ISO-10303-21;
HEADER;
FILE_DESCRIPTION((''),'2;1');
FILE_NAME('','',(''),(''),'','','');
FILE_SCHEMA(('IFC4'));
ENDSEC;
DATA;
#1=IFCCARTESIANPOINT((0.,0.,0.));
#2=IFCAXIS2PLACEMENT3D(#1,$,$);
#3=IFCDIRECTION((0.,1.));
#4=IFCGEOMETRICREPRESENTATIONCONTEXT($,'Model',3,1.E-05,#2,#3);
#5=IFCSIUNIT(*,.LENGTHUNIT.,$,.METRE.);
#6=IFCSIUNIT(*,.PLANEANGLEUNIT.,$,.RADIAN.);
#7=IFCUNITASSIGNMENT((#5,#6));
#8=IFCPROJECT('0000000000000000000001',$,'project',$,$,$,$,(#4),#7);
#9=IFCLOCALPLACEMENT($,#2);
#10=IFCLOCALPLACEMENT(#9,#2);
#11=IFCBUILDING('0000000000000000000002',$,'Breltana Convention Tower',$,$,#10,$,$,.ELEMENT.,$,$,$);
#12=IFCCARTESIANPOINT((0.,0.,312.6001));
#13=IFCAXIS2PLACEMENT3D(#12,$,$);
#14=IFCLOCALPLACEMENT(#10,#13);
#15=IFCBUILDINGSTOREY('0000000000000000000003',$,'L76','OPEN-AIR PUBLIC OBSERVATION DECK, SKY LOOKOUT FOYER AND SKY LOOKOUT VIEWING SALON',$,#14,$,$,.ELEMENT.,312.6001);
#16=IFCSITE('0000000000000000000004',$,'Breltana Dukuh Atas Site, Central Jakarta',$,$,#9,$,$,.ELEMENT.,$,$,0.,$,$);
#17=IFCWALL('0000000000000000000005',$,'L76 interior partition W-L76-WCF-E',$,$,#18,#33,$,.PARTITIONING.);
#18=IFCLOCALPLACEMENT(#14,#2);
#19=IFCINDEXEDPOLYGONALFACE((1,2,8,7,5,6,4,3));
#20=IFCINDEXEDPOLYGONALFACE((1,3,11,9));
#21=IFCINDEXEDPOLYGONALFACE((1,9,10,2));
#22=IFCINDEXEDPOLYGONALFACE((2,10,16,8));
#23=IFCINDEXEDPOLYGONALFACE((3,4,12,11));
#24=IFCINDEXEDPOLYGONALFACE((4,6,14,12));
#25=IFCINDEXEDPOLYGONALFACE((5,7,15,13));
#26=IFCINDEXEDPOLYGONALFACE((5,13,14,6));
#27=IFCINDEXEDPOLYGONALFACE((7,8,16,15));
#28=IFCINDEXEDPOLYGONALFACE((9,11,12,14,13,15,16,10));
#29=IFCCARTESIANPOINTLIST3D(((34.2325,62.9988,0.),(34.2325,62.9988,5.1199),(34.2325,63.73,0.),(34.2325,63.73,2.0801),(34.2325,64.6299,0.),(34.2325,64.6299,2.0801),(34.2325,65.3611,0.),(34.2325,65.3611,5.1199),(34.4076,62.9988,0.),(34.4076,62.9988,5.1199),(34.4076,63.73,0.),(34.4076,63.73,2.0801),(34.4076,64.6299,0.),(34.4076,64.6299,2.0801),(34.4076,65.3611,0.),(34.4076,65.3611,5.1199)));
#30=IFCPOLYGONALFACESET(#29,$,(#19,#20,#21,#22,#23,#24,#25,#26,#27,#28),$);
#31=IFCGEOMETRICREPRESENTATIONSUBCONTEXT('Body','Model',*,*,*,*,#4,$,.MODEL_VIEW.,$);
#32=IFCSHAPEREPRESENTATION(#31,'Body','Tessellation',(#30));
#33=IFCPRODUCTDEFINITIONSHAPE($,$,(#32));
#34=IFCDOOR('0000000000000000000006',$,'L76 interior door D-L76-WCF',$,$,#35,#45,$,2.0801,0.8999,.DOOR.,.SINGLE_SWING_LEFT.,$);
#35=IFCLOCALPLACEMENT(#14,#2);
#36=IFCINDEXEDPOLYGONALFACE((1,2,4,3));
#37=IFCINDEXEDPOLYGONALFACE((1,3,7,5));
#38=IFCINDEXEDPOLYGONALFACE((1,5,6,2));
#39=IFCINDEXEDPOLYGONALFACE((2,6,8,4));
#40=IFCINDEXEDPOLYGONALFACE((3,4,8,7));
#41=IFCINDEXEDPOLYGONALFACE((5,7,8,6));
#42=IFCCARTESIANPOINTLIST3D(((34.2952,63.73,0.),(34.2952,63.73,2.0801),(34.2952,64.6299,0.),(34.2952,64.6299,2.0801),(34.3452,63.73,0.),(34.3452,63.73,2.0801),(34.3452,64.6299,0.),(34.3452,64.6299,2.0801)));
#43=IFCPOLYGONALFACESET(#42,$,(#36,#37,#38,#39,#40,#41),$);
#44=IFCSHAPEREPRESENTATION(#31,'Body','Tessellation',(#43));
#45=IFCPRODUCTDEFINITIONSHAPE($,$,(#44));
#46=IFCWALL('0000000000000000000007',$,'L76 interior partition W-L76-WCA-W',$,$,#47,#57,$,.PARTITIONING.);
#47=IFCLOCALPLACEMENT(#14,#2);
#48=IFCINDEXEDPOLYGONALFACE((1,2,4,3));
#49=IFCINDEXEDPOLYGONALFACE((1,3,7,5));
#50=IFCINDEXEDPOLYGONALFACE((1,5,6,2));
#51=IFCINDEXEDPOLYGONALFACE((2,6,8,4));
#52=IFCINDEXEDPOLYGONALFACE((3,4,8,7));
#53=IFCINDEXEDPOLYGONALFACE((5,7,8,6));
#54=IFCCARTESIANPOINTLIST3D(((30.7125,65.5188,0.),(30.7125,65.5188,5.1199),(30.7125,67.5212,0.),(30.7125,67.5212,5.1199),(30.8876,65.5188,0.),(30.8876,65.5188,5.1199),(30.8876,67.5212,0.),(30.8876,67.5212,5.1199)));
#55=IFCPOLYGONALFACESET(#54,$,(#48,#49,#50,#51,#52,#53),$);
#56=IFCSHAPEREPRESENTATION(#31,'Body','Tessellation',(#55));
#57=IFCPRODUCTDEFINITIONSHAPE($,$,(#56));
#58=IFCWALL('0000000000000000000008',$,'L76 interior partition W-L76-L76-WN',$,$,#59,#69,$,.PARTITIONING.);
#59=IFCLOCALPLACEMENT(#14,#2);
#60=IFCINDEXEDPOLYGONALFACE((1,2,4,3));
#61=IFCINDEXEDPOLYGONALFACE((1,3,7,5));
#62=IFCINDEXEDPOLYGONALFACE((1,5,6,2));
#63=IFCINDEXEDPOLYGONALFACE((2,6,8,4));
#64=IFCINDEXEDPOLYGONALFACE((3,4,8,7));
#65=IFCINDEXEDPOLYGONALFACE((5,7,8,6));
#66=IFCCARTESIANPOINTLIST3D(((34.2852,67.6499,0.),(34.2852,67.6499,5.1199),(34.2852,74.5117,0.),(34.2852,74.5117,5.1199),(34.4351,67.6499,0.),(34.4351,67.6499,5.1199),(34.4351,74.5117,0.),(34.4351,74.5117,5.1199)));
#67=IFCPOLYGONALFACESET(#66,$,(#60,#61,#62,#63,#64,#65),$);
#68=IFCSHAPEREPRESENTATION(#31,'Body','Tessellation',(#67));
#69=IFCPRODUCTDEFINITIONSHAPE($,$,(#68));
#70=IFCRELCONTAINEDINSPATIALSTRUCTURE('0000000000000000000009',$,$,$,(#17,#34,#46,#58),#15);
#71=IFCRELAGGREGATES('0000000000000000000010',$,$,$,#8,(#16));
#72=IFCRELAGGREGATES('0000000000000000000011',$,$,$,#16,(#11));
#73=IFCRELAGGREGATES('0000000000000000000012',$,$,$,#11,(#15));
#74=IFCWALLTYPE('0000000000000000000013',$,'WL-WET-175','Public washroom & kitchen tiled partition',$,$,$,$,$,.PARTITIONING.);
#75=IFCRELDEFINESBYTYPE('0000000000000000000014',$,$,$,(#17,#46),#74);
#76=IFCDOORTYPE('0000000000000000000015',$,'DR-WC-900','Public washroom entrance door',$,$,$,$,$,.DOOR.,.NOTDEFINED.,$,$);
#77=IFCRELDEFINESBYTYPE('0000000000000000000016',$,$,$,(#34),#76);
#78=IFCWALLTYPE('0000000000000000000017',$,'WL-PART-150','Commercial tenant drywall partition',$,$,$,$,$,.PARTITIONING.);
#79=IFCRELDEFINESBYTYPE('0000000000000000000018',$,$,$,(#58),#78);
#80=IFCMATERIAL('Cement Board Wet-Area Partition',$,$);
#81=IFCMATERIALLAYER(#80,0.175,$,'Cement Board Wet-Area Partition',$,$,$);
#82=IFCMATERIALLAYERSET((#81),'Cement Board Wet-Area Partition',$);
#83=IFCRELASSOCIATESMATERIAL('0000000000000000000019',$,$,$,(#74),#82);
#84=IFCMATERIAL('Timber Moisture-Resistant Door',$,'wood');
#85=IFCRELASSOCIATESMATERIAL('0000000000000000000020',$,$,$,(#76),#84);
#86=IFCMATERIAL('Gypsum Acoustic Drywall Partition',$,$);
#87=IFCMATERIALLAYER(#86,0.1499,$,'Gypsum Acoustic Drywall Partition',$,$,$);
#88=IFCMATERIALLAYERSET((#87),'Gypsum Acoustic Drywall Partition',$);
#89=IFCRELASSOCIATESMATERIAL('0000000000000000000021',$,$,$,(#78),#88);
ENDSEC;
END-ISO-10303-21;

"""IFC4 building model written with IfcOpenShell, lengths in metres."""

from ifc_helpers import new_model, si_unit, direction, frame, frame_2d, origin, place, context, subcontext, project, spatial, rectangle, extrude, source, transform, mapped, material, layer, layer_set, type_object, type_shapes, element, fill, save


model = new_model("IFC4")

# Units and contexts
model_context = context("Model", 3, precision=1e-05, world=origin(), true_north=direction((0.0, 1.0)))
body_context = subcontext(model_context, "Body", "Model", "MODEL_VIEW")
ifc_project = project(units=[si_unit("LENGTHUNIT", "METRE"), si_unit("PLANEANGLEUNIT", "RADIAN")], contexts=[model_context])

# Site, building, storey
site_placement = place(None, origin())
site = spatial("IfcSite", under=ifc_project, at=site_placement, Name="Breltana Dukuh Atas Site, Central Jakarta", CompositionType="ELEMENT", RefElevation=0.0)
building_placement = place(site_placement, origin())
building = spatial("IfcBuilding", under=site, at=building_placement, Name="Breltana Convention Tower", CompositionType="ELEMENT")
storey_placement = place(building_placement, frame((0.0, 0.0, 312.6001)))
storey = spatial("IfcBuildingStorey", under=building, at=storey_placement, Name="L76", Description="OPEN-AIR PUBLIC OBSERVATION DECK, SKY LOOKOUT FOYER AND SKY LOOKOUT VIEWING SALON", CompositionType="ELEMENT", Elevation=312.6001)

# Shared definitions
ifc_material_1 = material(Name="Cement Board Wet-Area Partition")
ifc_layer_1 = layer(ifc_material_1, 0.175, Name="Cement Board Wet-Area Partition")
ifc_layer_set_1 = layer_set([ifc_layer_1], Name="Cement Board Wet-Area Partition")
wall_type_1 = type_object("IfcWallType", Name="WL-WET-175", Description="Public washroom & kitchen tiled partition", PredefinedType="PARTITIONING", material=ifc_layer_set_1)
shared_shape_1 = source(origin(), body_context, "Body", "SweptSolid", [
    extrude(rectangle(XDim=2.3623, YDim=0.175, at=frame_2d((1.1812, 0.0))), origin(), (0.0, 0.0, 1.0), 5.1199),
])

# Wall, opening, door
wall_1_placement = place(storey_placement, frame((34.3201, 62.9988, 0.0), z_axis=(0.0, 0.0, 1.0), x_axis=(0.0, 1.0, 0.0)))
wall_1 = element("IfcWall", 1, at=wall_1_placement, inside=storey, type_object=wall_type_1, Name="L76 interior partition W-L76-WCF-E", PredefinedType="PARTITIONING", context=body_context, shape_type="MappedRepresentation", body=[
    mapped(shared_shape_1, transform((0.0, 0.0, 0.0), scale=1.0)),
])
opening_1_placement = place(wall_1_placement, frame((0.7312, 0.0, 0.0)))
opening_1 = element("IfcOpeningElement", 2, at=opening_1_placement, cuts=wall_1, PredefinedType="OPENING", context=body_context, shape_type="SweptSolid", body=[
    extrude(rectangle(XDim=0.8999, YDim=2.0801, at=frame_2d((0.45, 1.04))), frame((0.0, 0.0977, 0.0), z_axis=(0.0, -1.0, 0.0), x_axis=(1.0, 0.0, 0.0)), (0.0, 0.0, 1.0), 0.1951),
])
ifc_material_2 = material(Name="Timber Moisture-Resistant Door", Category="wood")
door_type_1 = type_object("IfcDoorType", Name="DR-WC-900", Description="Public washroom entrance door", OperationType="NOTDEFINED", PredefinedType="DOOR", material=ifc_material_2)
shared_shape_2 = source(origin(), body_context, "Body", "SweptSolid", [
    extrude(rectangle(XDim=0.8999, YDim=2.0801, at=frame_2d((0.45, 1.04))), frame((0.0, 0.0249, 0.0), z_axis=(0.0, -1.0, 0.0), x_axis=(1.0, 0.0, 0.0)), (0.0, 0.0, 1.0), 0.05),
])
type_shapes(door_type_1, [shared_shape_2])
door_1_placement = place(opening_1_placement, origin())
door_1 = element("IfcDoor", 3, at=door_1_placement, inside=storey, type_object=door_type_1, Name="L76 interior door D-L76-WCF", OperationType="SINGLE_SWING_LEFT", OverallHeight=2.0801, OverallWidth=0.8999, PredefinedType="DOOR", context=body_context, shape_type="MappedRepresentation", body=[
    mapped(shared_shape_2, transform((0.0, 0.0, 0.0), scale=1.0)),
])
fill(opening_1, door_1)

# Wall
shared_shape_3 = source(origin(), body_context, "Body", "SweptSolid", [
    extrude(rectangle(XDim=2.0024, YDim=0.175, at=frame_2d((1.0012, 0.0))), origin(), (0.0, 0.0, 1.0), 5.1199),
])
wall_2_placement = place(storey_placement, frame((30.8, 65.5188, 0.0), z_axis=(0.0, 0.0, 1.0), x_axis=(0.0, 1.0, 0.0)))
element("IfcWall", 4, at=wall_2_placement, inside=storey, type_object=wall_type_1, Name="L76 interior partition W-L76-WCA-W", PredefinedType="PARTITIONING", context=body_context, shape_type="MappedRepresentation", body=[
    mapped(shared_shape_3, transform((0.0, 0.0, 0.0), scale=1.0)),
])

# Wall
ifc_material_3 = material(Name="Gypsum Acoustic Drywall Partition")
ifc_layer_2 = layer(ifc_material_3, 0.1499, Name="Gypsum Acoustic Drywall Partition")
ifc_layer_set_2 = layer_set([ifc_layer_2], Name="Gypsum Acoustic Drywall Partition")
wall_type_2 = type_object("IfcWallType", Name="WL-PART-150", Description="Commercial tenant drywall partition", PredefinedType="PARTITIONING", material=ifc_layer_set_2)
shared_shape_4 = source(origin(), body_context, "Body", "SweptSolid", [
    extrude(rectangle(XDim=6.8618, YDim=0.1499, at=frame_2d((3.4309, 0.0))), origin(), (0.0, 0.0, 1.0), 5.1199),
])
wall_3_placement = place(storey_placement, frame((34.3601, 67.6499, 0.0), z_axis=(0.0, 0.0, 1.0), x_axis=(0.0, 1.0, 0.0)))
element("IfcWall", 5, at=wall_3_placement, inside=storey, type_object=wall_type_2, Name="L76 interior partition W-L76-L76-WN", PredefinedType="PARTITIONING", context=body_context, shape_type="MappedRepresentation", body=[
    mapped(shared_shape_4, transform((0.0, 0.0, 0.0), scale=1.0)),
])

save(model, "model.ifc")
